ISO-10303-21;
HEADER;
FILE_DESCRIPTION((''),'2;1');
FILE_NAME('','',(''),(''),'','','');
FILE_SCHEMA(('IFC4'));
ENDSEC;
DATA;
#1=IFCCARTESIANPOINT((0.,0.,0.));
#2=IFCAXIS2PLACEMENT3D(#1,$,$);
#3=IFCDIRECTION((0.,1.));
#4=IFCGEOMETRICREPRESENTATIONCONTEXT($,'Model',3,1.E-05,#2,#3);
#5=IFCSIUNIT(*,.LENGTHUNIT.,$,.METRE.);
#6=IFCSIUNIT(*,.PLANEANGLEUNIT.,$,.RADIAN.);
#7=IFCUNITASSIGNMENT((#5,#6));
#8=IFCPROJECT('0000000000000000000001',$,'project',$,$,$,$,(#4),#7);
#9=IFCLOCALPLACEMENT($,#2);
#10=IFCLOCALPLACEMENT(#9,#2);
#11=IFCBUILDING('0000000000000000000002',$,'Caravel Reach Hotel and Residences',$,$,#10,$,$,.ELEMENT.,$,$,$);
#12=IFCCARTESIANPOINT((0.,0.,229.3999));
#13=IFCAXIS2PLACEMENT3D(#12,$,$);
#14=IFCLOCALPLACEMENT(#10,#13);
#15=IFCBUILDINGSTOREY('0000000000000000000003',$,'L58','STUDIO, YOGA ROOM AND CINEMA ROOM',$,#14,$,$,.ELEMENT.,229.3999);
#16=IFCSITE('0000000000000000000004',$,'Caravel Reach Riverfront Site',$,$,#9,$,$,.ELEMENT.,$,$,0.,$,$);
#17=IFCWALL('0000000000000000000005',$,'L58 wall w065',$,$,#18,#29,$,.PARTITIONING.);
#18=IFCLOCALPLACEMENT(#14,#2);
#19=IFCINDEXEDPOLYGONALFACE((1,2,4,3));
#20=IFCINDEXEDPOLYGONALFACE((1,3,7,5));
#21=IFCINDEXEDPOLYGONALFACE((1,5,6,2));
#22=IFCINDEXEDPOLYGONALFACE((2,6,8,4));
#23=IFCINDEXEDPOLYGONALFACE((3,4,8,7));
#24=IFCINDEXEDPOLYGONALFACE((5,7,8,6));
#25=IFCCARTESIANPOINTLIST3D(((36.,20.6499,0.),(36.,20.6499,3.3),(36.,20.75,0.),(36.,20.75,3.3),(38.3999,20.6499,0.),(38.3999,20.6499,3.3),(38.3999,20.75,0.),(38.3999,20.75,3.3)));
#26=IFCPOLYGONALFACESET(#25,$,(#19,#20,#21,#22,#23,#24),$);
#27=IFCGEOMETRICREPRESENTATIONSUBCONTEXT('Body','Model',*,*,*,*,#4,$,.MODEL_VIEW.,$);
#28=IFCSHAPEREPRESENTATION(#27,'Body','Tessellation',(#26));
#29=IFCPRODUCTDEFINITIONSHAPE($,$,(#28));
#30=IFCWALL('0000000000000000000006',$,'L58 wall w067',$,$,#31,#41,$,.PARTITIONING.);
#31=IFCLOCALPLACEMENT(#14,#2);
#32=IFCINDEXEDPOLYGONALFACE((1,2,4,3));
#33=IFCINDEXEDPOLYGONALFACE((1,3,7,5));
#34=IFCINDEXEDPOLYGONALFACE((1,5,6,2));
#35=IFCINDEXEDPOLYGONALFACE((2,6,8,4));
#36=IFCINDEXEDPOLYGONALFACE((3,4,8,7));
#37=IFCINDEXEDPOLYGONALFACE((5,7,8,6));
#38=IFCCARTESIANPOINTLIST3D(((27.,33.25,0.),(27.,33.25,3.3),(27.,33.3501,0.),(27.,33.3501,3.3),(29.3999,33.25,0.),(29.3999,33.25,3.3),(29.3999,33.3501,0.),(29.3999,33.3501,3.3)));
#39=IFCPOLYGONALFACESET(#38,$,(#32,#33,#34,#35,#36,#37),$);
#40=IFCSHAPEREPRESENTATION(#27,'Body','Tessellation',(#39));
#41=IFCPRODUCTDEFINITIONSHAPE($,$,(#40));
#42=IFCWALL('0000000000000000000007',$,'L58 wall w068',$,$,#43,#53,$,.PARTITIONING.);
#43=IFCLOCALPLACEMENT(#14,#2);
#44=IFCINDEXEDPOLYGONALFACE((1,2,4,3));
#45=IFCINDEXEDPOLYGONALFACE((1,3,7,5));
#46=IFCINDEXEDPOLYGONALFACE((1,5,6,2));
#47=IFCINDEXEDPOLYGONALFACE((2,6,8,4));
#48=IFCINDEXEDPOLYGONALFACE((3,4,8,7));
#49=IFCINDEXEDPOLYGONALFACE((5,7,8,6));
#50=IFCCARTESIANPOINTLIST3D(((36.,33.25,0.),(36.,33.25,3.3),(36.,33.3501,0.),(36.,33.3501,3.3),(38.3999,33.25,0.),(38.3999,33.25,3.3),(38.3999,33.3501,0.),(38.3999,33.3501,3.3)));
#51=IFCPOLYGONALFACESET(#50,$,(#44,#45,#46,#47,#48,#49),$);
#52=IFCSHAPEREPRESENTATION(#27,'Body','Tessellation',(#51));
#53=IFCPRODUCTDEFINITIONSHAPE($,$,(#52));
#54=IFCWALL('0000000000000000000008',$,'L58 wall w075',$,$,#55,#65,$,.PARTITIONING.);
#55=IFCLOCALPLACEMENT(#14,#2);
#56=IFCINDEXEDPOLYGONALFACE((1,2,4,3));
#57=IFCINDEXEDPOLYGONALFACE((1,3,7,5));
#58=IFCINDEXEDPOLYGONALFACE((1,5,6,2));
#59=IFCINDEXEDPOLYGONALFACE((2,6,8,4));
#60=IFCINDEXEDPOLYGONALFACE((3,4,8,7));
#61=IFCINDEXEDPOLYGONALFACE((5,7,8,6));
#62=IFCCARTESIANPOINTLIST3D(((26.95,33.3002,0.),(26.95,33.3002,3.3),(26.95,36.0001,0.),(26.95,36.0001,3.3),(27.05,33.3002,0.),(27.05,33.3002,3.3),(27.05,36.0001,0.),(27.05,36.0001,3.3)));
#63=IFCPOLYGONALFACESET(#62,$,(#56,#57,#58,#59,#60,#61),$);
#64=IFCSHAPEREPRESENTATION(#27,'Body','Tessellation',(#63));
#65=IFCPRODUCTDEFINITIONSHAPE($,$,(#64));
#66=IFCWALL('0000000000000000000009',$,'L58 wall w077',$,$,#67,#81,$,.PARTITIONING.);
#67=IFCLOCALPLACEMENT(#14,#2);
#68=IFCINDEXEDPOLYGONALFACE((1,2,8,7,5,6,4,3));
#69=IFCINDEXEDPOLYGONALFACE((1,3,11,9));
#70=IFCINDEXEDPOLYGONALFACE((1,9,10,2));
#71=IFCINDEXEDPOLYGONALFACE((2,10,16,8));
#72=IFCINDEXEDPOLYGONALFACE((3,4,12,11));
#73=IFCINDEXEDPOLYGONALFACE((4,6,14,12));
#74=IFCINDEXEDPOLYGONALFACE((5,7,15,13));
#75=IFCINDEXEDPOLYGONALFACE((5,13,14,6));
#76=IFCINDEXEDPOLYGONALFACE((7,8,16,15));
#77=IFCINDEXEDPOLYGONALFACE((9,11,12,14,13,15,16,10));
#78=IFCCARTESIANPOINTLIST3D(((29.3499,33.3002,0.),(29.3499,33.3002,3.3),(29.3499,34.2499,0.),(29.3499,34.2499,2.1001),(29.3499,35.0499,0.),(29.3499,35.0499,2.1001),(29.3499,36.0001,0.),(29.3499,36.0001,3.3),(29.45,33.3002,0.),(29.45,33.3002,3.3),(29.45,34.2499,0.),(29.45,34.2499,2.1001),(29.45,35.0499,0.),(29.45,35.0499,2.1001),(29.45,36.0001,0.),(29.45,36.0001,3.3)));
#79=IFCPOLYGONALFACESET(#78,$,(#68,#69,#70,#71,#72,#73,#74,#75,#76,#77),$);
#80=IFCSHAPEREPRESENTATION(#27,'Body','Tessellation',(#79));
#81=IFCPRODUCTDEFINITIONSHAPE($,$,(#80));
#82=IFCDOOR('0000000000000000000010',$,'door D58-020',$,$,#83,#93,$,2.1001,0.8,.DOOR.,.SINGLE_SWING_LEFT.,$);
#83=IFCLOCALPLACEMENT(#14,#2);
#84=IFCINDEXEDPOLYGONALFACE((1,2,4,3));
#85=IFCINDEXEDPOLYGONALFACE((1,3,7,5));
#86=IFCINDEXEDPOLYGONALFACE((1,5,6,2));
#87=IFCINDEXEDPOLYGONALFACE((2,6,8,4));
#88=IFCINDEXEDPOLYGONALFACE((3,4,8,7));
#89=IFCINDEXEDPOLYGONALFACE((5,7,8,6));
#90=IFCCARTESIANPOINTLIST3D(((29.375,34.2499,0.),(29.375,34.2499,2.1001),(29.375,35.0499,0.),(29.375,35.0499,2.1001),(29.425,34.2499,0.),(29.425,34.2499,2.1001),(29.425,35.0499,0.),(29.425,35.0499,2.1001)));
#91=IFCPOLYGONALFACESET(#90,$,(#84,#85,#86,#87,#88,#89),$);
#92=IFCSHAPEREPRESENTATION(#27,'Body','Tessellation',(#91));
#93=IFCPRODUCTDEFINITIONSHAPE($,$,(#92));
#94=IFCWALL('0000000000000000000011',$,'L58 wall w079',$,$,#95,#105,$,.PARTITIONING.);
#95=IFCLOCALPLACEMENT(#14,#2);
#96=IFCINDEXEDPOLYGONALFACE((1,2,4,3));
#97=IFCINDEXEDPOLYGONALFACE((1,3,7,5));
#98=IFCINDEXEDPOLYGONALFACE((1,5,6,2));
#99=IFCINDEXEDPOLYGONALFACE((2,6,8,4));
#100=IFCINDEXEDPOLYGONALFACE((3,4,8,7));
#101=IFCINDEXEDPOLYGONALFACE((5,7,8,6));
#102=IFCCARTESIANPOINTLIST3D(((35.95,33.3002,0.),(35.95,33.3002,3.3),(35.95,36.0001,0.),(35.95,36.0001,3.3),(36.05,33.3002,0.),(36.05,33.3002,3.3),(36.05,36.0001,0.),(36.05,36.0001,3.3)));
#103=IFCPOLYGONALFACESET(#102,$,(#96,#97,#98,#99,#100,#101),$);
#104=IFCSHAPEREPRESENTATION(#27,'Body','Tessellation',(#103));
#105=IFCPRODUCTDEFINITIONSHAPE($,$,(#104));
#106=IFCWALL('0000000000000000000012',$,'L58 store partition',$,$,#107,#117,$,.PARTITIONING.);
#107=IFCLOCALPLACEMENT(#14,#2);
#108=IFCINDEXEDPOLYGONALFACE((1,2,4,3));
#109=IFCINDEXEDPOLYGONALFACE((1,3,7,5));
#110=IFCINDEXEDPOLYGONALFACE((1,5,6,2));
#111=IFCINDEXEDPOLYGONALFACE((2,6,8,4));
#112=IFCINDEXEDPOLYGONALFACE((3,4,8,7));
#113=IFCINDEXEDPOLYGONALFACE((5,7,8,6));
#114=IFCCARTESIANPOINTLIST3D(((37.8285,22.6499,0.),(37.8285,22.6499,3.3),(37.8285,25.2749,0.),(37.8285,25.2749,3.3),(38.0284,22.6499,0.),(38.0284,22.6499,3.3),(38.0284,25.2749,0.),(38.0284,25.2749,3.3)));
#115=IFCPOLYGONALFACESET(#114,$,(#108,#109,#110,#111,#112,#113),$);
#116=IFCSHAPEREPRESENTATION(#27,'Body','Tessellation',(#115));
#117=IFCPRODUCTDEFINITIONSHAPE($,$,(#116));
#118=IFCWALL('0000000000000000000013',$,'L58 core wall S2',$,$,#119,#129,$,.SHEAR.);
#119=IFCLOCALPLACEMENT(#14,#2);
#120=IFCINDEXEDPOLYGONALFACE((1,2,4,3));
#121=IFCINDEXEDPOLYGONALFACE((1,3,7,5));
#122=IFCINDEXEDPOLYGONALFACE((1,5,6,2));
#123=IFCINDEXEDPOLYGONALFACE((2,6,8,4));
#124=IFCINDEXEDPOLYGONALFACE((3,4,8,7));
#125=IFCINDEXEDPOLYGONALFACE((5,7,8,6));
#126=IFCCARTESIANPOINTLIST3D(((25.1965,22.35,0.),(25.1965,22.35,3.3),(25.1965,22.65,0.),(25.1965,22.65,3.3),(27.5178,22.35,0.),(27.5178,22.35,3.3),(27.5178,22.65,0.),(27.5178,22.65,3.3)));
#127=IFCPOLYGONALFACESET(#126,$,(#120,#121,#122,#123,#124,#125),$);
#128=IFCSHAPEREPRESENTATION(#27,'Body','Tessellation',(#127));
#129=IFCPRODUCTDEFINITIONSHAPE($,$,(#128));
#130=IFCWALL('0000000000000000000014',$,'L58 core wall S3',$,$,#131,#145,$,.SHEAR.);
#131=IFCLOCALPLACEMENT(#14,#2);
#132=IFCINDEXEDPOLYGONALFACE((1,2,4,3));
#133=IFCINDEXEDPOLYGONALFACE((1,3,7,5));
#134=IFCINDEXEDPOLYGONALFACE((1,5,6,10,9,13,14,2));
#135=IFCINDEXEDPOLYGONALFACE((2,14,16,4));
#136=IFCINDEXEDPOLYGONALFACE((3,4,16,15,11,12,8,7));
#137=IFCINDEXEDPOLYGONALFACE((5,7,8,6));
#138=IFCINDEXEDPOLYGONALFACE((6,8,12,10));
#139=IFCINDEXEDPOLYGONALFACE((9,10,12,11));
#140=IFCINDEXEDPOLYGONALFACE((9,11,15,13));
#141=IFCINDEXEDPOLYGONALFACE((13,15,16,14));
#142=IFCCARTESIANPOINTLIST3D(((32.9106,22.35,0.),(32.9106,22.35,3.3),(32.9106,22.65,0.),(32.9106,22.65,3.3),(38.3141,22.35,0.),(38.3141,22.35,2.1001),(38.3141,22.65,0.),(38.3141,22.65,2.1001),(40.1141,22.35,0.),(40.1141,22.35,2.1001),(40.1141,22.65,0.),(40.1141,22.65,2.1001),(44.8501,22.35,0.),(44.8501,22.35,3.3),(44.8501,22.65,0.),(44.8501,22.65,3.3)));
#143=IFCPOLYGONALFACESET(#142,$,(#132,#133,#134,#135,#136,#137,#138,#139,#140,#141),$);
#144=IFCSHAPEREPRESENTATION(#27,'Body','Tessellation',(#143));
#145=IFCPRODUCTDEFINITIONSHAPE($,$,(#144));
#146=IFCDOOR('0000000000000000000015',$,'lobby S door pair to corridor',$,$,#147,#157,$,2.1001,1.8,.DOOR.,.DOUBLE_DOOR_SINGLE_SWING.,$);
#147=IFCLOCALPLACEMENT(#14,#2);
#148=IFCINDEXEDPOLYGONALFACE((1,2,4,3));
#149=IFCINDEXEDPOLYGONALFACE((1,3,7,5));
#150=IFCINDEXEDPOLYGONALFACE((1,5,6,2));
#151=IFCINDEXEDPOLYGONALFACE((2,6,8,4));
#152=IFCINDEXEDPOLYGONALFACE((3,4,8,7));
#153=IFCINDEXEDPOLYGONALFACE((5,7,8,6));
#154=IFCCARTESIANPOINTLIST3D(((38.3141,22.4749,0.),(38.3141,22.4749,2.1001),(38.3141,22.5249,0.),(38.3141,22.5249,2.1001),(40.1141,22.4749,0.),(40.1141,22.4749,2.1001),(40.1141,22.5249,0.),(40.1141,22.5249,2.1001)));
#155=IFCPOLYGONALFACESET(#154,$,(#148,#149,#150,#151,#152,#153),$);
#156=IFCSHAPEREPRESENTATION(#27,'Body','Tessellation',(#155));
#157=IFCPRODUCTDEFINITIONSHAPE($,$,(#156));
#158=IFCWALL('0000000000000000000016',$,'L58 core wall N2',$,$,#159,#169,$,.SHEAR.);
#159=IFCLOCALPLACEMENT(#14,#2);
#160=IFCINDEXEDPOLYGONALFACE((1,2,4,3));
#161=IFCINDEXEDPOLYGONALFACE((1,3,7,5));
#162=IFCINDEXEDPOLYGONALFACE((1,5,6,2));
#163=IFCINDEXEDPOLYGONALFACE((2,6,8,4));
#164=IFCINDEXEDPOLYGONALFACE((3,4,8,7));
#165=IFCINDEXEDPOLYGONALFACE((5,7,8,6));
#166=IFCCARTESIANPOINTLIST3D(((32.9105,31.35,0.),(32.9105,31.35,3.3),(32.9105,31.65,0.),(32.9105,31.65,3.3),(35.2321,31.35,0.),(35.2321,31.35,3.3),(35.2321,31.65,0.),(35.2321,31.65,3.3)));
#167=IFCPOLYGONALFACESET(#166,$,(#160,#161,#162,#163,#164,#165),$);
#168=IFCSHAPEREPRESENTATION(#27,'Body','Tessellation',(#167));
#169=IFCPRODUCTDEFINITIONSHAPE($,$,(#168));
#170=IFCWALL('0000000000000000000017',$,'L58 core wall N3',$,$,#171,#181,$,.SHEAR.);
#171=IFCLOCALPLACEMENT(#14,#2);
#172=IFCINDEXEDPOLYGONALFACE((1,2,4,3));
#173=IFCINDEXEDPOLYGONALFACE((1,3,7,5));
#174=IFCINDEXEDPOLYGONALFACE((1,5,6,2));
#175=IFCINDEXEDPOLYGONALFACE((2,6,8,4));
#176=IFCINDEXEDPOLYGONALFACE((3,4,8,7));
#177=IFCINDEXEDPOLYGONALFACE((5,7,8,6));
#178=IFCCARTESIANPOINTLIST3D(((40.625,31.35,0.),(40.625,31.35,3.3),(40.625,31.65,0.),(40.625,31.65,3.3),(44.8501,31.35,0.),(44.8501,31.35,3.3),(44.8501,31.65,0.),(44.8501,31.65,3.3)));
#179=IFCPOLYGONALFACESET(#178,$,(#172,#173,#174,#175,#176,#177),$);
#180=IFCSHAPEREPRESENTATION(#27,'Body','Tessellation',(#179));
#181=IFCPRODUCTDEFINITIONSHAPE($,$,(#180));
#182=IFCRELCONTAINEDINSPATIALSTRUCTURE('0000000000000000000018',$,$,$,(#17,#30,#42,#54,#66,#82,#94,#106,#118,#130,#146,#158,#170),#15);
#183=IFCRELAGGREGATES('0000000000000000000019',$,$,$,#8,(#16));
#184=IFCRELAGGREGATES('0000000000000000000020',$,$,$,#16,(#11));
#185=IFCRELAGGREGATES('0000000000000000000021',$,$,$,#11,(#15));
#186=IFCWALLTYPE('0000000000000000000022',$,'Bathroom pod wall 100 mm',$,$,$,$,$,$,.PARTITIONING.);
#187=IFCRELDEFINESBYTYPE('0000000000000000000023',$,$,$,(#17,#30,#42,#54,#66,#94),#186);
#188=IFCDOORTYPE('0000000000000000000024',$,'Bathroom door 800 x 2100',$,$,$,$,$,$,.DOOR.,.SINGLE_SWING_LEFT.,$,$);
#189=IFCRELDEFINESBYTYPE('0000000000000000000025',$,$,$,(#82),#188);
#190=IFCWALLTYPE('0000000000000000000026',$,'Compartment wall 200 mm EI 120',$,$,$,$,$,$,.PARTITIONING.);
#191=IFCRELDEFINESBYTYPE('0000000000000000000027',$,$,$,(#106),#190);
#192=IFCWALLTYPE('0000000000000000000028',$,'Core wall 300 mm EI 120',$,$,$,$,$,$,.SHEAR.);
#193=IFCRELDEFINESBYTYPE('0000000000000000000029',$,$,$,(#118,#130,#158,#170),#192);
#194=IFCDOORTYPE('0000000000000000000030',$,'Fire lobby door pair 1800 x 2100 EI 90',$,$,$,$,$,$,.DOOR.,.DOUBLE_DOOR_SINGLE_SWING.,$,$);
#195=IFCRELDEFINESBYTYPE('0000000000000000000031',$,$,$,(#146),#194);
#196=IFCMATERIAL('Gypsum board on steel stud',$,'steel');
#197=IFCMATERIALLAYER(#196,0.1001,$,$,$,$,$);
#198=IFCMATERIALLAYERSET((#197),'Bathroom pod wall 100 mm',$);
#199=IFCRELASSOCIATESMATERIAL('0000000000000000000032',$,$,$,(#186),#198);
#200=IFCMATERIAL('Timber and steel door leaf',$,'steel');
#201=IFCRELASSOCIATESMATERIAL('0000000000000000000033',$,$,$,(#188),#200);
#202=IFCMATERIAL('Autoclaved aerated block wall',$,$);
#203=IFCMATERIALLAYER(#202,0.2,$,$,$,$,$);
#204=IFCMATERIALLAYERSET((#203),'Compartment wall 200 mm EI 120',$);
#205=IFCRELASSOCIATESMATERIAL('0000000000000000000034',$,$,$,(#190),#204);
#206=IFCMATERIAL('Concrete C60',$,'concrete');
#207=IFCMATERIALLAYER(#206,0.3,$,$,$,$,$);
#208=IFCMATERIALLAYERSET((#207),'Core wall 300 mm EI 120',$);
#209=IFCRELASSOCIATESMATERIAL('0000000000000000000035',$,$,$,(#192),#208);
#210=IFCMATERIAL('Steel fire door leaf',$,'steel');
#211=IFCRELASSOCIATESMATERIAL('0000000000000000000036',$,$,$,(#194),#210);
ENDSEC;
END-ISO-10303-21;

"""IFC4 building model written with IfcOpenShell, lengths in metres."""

from ifc_helpers import new_model, si_unit, direction, frame, frame_2d, origin, place, context, subcontext, project, spatial, rectangle, extrude, material, layer, layer_set, type_object, element, fill, save


model = new_model("IFC4")

# Units and contexts
model_context = context("Model", 3, precision=1e-05, world=origin(), true_north=direction((0.0, 1.0)))
body_context = subcontext(model_context, "Body", "Model", "MODEL_VIEW")
ifc_project = project(units=[si_unit("LENGTHUNIT", "METRE"), si_unit("PLANEANGLEUNIT", "RADIAN")], contexts=[model_context])

# Site, building, storey
site_placement = place(None, origin())
site = spatial("IfcSite", under=ifc_project, at=site_placement, Name="Caravel Reach Riverfront Site", CompositionType="ELEMENT", RefElevation=0.0)
building_placement = place(site_placement, origin())
building = spatial("IfcBuilding", under=site, at=building_placement, Name="Caravel Reach Hotel and Residences", CompositionType="ELEMENT")
storey_placement = place(building_placement, frame((0.0, 0.0, 229.3999)))
storey = spatial("IfcBuildingStorey", under=building, at=storey_placement, Name="L58", Description="STUDIO, YOGA ROOM AND CINEMA ROOM", CompositionType="ELEMENT", Elevation=229.3999)

# Walls
ifc_material_1 = material(Name="Gypsum board on steel stud", Category="steel")
ifc_layer_1 = layer(ifc_material_1, 0.1001)
ifc_layer_set_1 = layer_set([ifc_layer_1], Name="Bathroom pod wall 100 mm")
wall_type_1 = type_object("IfcWallType", Name="Bathroom pod wall 100 mm", PredefinedType="PARTITIONING", material=ifc_layer_set_1)
for number, where, z_axis, x_axis, name in (
    (1, (36.0, 20.7, 0.0), (0.0, 0.0, 1.0), (1.0, 0.0, 0.0), "L58 wall w065"),
    (2, (27.0, 33.3, 0.0), (0.0, 0.0, 1.0), (1.0, 0.0, 0.0), "L58 wall w067"),
    (3, (36.0, 33.3, 0.0), (0.0, 0.0, 1.0), (1.0, 0.0, 0.0), "L58 wall w068"),
):
    element("IfcWall", number, at=place(storey_placement, frame(where, z_axis=z_axis, x_axis=x_axis)), inside=storey, type_object=wall_type_1, Name=name, PredefinedType="PARTITIONING", context=body_context, shape_type="SweptSolid", body=[
        extrude(rectangle(XDim=2.3999, YDim=0.1001, at=frame_2d((1.2, 0.0))), origin(), (0.0, 0.0, 1.0), 3.3),
    ])
wall_1_placement = place(storey_placement, frame((27.0, 33.3, 0.0), z_axis=(0.0, 0.0, 1.0), x_axis=(0.0, 1.0, 0.0)))
element("IfcWall", 4, at=wall_1_placement, inside=storey, type_object=wall_type_1, Name="L58 wall w075", PredefinedType="PARTITIONING", context=body_context, shape_type="SweptSolid", body=[
    extrude(rectangle(XDim=2.7, YDim=0.1001, at=frame_2d((1.3501, 0.0))), origin(), (0.0, 0.0, 1.0), 3.3),
])

# Wall, opening, door
wall_2_placement = place(storey_placement, frame((29.3999, 33.3, 0.0), z_axis=(0.0, 0.0, 1.0), x_axis=(0.0, 1.0, 0.0)))
wall_2 = element("IfcWall", 5, at=wall_2_placement, inside=storey, type_object=wall_type_1, Name="L58 wall w077", PredefinedType="PARTITIONING", context=body_context, shape_type="SweptSolid", body=[
    extrude(rectangle(XDim=2.7, YDim=0.1001, at=frame_2d((1.3501, 0.0))), origin(), (0.0, 0.0, 1.0), 3.3),
])
opening_1_placement = place(wall_2_placement, frame((0.95, 0.0, 0.0)))
opening_1 = element("IfcOpeningElement", 6, at=opening_1_placement, cuts=wall_2, PredefinedType="OPENING", context=body_context, shape_type="SweptSolid", body=[
    extrude(rectangle(XDim=0.8, YDim=2.1001, at=frame_2d((0.3999, 1.05))), frame((0.0, 0.0601, 0.0), z_axis=(0.0, -1.0, 0.0), x_axis=(1.0, 0.0, 0.0)), (0.0, 0.0, 1.0), 0.1201),
])
ifc_material_2 = material(Name="Timber and steel door leaf", Category="steel")
door_type_1 = type_object("IfcDoorType", Name="Bathroom door 800 x 2100", OperationType="SINGLE_SWING_LEFT", PredefinedType="DOOR", material=ifc_material_2)
door_1_placement = place(opening_1_placement, origin())
door_1 = element("IfcDoor", 7, at=door_1_placement, inside=storey, type_object=door_type_1, Name="door D58-020", OperationType="SINGLE_SWING_LEFT", OverallHeight=2.1001, OverallWidth=0.8, PredefinedType="DOOR", context=body_context, shape_type="SweptSolid", body=[
    extrude(rectangle(XDim=0.8, YDim=2.1001, at=frame_2d((0.3999, 1.05))), frame((0.0, 0.0249, 0.0), z_axis=(0.0, -1.0, 0.0), x_axis=(1.0, 0.0, 0.0)), (0.0, 0.0, 1.0), 0.05),
])
fill(opening_1, door_1)

# Walls
wall_3_placement = place(storey_placement, frame((36.0, 33.3, 0.0), z_axis=(0.0, 0.0, 1.0), x_axis=(0.0, 1.0, 0.0)))
element("IfcWall", 8, at=wall_3_placement, inside=storey, type_object=wall_type_1, Name="L58 wall w079", PredefinedType="PARTITIONING", context=body_context, shape_type="SweptSolid", body=[
    extrude(rectangle(XDim=2.7, YDim=0.1001, at=frame_2d((1.3501, 0.0))), origin(), (0.0, 0.0, 1.0), 3.3),
])
ifc_material_3 = material(Name="Autoclaved aerated block wall")
ifc_layer_2 = layer(ifc_material_3, 0.2)
ifc_layer_set_2 = layer_set([ifc_layer_2], Name="Compartment wall 200 mm EI 120")
wall_type_2 = type_object("IfcWallType", Name="Compartment wall 200 mm EI 120", PredefinedType="PARTITIONING", material=ifc_layer_set_2)
wall_4_placement = place(storey_placement, frame((37.9285, 22.6499, 0.0), z_axis=(0.0, 0.0, 1.0), x_axis=(0.0, 1.0, 0.0)))
element("IfcWall", 9, at=wall_4_placement, inside=storey, type_object=wall_type_2, Name="L58 store partition", PredefinedType="PARTITIONING", context=body_context, shape_type="SweptSolid", body=[
    extrude(rectangle(XDim=2.625, YDim=0.2, at=frame_2d((1.3125, 0.0))), origin(), (0.0, 0.0, 1.0), 3.3),
])
ifc_material_4 = material(Name="Concrete C60", Category="concrete")
ifc_layer_3 = layer(ifc_material_4, 0.3)
ifc_layer_set_3 = layer_set([ifc_layer_3], Name="Core wall 300 mm EI 120")
wall_type_3 = type_object("IfcWallType", Name="Core wall 300 mm EI 120", PredefinedType="SHEAR", material=ifc_layer_set_3)
wall_5_placement = place(storey_placement, frame((25.1965, 22.5, 0.0), z_axis=(0.0, 0.0, 1.0), x_axis=(1.0, 0.0, 0.0)))
element("IfcWall", 10, at=wall_5_placement, inside=storey, type_object=wall_type_3, Name="L58 core wall S2", PredefinedType="SHEAR", context=body_context, shape_type="SweptSolid", body=[
    extrude(rectangle(XDim=2.3213, YDim=0.3, at=frame_2d((1.1606, 0.0))), origin(), (0.0, 0.0, 1.0), 3.3),
])

# Wall, opening, door
wall_6_placement = place(storey_placement, frame((32.9106, 22.5, 0.0), z_axis=(0.0, 0.0, 1.0), x_axis=(1.0, 0.0, 0.0)))
wall_6 = element("IfcWall", 11, at=wall_6_placement, inside=storey, type_object=wall_type_3, Name="L58 core wall S3", PredefinedType="SHEAR", context=body_context, shape_type="SweptSolid", body=[
    extrude(rectangle(XDim=11.9395, YDim=0.3, at=frame_2d((5.9697, 0.0))), origin(), (0.0, 0.0, 1.0), 3.3),
])
opening_2_placement = place(wall_6_placement, frame((5.4036, 0.0, 0.0)))
opening_2 = element("IfcOpeningElement", 12, at=opening_2_placement, cuts=wall_6, PredefinedType="OPENING", context=body_context, shape_type="SweptSolid", body=[
    extrude(rectangle(XDim=1.8, YDim=2.1001, at=frame_2d((0.8999, 1.05))), frame((0.0, 0.1599, 0.0), z_axis=(0.0, -1.0, 0.0), x_axis=(1.0, 0.0, 0.0)), (0.0, 0.0, 1.0), 0.3201),
])
ifc_material_5 = material(Name="Steel fire door leaf", Category="steel")
door_type_2 = type_object("IfcDoorType", Name="Fire lobby door pair 1800 x 2100 EI 90", OperationType="DOUBLE_DOOR_SINGLE_SWING", PredefinedType="DOOR", material=ifc_material_5)
door_2_placement = place(opening_2_placement, origin())
door_2 = element("IfcDoor", 13, at=door_2_placement, inside=storey, type_object=door_type_2, Name="lobby S door pair to corridor", OperationType="DOUBLE_DOOR_SINGLE_SWING", OverallHeight=2.1001, OverallWidth=1.8, PredefinedType="DOOR", context=body_context, shape_type="SweptSolid", body=[
    extrude(rectangle(XDim=1.8, YDim=2.1001, at=frame_2d((0.8999, 1.05))), frame((0.0, 0.0249, 0.0), z_axis=(0.0, -1.0, 0.0), x_axis=(1.0, 0.0, 0.0)), (0.0, 0.0, 1.0), 0.05),
])
fill(opening_2, door_2)

# Walls
wall_7_placement = place(storey_placement, frame((32.9106, 31.5, 0.0), z_axis=(0.0, 0.0, 1.0), x_axis=(1.0, 0.0, 0.0)))
element("IfcWall", 14, at=wall_7_placement, inside=storey, type_object=wall_type_3, Name="L58 core wall N2", PredefinedType="SHEAR", context=body_context, shape_type="SweptSolid", body=[
    extrude(rectangle(XDim=2.3215, YDim=0.3, at=frame_2d((1.1606, 0.0))), origin(), (0.0, 0.0, 1.0), 3.3),
])
wall_8_placement = place(storey_placement, frame((40.625, 31.5, 0.0), z_axis=(0.0, 0.0, 1.0), x_axis=(1.0, 0.0, 0.0)))
element("IfcWall", 15, at=wall_8_placement, inside=storey, type_object=wall_type_3, Name="L58 core wall N3", PredefinedType="SHEAR", context=body_context, shape_type="SweptSolid", body=[
    extrude(rectangle(XDim=4.2251, YDim=0.3, at=frame_2d((2.1125, 0.0))), origin(), (0.0, 0.0, 1.0), 3.3),
])

save(model, "model.ifc")
